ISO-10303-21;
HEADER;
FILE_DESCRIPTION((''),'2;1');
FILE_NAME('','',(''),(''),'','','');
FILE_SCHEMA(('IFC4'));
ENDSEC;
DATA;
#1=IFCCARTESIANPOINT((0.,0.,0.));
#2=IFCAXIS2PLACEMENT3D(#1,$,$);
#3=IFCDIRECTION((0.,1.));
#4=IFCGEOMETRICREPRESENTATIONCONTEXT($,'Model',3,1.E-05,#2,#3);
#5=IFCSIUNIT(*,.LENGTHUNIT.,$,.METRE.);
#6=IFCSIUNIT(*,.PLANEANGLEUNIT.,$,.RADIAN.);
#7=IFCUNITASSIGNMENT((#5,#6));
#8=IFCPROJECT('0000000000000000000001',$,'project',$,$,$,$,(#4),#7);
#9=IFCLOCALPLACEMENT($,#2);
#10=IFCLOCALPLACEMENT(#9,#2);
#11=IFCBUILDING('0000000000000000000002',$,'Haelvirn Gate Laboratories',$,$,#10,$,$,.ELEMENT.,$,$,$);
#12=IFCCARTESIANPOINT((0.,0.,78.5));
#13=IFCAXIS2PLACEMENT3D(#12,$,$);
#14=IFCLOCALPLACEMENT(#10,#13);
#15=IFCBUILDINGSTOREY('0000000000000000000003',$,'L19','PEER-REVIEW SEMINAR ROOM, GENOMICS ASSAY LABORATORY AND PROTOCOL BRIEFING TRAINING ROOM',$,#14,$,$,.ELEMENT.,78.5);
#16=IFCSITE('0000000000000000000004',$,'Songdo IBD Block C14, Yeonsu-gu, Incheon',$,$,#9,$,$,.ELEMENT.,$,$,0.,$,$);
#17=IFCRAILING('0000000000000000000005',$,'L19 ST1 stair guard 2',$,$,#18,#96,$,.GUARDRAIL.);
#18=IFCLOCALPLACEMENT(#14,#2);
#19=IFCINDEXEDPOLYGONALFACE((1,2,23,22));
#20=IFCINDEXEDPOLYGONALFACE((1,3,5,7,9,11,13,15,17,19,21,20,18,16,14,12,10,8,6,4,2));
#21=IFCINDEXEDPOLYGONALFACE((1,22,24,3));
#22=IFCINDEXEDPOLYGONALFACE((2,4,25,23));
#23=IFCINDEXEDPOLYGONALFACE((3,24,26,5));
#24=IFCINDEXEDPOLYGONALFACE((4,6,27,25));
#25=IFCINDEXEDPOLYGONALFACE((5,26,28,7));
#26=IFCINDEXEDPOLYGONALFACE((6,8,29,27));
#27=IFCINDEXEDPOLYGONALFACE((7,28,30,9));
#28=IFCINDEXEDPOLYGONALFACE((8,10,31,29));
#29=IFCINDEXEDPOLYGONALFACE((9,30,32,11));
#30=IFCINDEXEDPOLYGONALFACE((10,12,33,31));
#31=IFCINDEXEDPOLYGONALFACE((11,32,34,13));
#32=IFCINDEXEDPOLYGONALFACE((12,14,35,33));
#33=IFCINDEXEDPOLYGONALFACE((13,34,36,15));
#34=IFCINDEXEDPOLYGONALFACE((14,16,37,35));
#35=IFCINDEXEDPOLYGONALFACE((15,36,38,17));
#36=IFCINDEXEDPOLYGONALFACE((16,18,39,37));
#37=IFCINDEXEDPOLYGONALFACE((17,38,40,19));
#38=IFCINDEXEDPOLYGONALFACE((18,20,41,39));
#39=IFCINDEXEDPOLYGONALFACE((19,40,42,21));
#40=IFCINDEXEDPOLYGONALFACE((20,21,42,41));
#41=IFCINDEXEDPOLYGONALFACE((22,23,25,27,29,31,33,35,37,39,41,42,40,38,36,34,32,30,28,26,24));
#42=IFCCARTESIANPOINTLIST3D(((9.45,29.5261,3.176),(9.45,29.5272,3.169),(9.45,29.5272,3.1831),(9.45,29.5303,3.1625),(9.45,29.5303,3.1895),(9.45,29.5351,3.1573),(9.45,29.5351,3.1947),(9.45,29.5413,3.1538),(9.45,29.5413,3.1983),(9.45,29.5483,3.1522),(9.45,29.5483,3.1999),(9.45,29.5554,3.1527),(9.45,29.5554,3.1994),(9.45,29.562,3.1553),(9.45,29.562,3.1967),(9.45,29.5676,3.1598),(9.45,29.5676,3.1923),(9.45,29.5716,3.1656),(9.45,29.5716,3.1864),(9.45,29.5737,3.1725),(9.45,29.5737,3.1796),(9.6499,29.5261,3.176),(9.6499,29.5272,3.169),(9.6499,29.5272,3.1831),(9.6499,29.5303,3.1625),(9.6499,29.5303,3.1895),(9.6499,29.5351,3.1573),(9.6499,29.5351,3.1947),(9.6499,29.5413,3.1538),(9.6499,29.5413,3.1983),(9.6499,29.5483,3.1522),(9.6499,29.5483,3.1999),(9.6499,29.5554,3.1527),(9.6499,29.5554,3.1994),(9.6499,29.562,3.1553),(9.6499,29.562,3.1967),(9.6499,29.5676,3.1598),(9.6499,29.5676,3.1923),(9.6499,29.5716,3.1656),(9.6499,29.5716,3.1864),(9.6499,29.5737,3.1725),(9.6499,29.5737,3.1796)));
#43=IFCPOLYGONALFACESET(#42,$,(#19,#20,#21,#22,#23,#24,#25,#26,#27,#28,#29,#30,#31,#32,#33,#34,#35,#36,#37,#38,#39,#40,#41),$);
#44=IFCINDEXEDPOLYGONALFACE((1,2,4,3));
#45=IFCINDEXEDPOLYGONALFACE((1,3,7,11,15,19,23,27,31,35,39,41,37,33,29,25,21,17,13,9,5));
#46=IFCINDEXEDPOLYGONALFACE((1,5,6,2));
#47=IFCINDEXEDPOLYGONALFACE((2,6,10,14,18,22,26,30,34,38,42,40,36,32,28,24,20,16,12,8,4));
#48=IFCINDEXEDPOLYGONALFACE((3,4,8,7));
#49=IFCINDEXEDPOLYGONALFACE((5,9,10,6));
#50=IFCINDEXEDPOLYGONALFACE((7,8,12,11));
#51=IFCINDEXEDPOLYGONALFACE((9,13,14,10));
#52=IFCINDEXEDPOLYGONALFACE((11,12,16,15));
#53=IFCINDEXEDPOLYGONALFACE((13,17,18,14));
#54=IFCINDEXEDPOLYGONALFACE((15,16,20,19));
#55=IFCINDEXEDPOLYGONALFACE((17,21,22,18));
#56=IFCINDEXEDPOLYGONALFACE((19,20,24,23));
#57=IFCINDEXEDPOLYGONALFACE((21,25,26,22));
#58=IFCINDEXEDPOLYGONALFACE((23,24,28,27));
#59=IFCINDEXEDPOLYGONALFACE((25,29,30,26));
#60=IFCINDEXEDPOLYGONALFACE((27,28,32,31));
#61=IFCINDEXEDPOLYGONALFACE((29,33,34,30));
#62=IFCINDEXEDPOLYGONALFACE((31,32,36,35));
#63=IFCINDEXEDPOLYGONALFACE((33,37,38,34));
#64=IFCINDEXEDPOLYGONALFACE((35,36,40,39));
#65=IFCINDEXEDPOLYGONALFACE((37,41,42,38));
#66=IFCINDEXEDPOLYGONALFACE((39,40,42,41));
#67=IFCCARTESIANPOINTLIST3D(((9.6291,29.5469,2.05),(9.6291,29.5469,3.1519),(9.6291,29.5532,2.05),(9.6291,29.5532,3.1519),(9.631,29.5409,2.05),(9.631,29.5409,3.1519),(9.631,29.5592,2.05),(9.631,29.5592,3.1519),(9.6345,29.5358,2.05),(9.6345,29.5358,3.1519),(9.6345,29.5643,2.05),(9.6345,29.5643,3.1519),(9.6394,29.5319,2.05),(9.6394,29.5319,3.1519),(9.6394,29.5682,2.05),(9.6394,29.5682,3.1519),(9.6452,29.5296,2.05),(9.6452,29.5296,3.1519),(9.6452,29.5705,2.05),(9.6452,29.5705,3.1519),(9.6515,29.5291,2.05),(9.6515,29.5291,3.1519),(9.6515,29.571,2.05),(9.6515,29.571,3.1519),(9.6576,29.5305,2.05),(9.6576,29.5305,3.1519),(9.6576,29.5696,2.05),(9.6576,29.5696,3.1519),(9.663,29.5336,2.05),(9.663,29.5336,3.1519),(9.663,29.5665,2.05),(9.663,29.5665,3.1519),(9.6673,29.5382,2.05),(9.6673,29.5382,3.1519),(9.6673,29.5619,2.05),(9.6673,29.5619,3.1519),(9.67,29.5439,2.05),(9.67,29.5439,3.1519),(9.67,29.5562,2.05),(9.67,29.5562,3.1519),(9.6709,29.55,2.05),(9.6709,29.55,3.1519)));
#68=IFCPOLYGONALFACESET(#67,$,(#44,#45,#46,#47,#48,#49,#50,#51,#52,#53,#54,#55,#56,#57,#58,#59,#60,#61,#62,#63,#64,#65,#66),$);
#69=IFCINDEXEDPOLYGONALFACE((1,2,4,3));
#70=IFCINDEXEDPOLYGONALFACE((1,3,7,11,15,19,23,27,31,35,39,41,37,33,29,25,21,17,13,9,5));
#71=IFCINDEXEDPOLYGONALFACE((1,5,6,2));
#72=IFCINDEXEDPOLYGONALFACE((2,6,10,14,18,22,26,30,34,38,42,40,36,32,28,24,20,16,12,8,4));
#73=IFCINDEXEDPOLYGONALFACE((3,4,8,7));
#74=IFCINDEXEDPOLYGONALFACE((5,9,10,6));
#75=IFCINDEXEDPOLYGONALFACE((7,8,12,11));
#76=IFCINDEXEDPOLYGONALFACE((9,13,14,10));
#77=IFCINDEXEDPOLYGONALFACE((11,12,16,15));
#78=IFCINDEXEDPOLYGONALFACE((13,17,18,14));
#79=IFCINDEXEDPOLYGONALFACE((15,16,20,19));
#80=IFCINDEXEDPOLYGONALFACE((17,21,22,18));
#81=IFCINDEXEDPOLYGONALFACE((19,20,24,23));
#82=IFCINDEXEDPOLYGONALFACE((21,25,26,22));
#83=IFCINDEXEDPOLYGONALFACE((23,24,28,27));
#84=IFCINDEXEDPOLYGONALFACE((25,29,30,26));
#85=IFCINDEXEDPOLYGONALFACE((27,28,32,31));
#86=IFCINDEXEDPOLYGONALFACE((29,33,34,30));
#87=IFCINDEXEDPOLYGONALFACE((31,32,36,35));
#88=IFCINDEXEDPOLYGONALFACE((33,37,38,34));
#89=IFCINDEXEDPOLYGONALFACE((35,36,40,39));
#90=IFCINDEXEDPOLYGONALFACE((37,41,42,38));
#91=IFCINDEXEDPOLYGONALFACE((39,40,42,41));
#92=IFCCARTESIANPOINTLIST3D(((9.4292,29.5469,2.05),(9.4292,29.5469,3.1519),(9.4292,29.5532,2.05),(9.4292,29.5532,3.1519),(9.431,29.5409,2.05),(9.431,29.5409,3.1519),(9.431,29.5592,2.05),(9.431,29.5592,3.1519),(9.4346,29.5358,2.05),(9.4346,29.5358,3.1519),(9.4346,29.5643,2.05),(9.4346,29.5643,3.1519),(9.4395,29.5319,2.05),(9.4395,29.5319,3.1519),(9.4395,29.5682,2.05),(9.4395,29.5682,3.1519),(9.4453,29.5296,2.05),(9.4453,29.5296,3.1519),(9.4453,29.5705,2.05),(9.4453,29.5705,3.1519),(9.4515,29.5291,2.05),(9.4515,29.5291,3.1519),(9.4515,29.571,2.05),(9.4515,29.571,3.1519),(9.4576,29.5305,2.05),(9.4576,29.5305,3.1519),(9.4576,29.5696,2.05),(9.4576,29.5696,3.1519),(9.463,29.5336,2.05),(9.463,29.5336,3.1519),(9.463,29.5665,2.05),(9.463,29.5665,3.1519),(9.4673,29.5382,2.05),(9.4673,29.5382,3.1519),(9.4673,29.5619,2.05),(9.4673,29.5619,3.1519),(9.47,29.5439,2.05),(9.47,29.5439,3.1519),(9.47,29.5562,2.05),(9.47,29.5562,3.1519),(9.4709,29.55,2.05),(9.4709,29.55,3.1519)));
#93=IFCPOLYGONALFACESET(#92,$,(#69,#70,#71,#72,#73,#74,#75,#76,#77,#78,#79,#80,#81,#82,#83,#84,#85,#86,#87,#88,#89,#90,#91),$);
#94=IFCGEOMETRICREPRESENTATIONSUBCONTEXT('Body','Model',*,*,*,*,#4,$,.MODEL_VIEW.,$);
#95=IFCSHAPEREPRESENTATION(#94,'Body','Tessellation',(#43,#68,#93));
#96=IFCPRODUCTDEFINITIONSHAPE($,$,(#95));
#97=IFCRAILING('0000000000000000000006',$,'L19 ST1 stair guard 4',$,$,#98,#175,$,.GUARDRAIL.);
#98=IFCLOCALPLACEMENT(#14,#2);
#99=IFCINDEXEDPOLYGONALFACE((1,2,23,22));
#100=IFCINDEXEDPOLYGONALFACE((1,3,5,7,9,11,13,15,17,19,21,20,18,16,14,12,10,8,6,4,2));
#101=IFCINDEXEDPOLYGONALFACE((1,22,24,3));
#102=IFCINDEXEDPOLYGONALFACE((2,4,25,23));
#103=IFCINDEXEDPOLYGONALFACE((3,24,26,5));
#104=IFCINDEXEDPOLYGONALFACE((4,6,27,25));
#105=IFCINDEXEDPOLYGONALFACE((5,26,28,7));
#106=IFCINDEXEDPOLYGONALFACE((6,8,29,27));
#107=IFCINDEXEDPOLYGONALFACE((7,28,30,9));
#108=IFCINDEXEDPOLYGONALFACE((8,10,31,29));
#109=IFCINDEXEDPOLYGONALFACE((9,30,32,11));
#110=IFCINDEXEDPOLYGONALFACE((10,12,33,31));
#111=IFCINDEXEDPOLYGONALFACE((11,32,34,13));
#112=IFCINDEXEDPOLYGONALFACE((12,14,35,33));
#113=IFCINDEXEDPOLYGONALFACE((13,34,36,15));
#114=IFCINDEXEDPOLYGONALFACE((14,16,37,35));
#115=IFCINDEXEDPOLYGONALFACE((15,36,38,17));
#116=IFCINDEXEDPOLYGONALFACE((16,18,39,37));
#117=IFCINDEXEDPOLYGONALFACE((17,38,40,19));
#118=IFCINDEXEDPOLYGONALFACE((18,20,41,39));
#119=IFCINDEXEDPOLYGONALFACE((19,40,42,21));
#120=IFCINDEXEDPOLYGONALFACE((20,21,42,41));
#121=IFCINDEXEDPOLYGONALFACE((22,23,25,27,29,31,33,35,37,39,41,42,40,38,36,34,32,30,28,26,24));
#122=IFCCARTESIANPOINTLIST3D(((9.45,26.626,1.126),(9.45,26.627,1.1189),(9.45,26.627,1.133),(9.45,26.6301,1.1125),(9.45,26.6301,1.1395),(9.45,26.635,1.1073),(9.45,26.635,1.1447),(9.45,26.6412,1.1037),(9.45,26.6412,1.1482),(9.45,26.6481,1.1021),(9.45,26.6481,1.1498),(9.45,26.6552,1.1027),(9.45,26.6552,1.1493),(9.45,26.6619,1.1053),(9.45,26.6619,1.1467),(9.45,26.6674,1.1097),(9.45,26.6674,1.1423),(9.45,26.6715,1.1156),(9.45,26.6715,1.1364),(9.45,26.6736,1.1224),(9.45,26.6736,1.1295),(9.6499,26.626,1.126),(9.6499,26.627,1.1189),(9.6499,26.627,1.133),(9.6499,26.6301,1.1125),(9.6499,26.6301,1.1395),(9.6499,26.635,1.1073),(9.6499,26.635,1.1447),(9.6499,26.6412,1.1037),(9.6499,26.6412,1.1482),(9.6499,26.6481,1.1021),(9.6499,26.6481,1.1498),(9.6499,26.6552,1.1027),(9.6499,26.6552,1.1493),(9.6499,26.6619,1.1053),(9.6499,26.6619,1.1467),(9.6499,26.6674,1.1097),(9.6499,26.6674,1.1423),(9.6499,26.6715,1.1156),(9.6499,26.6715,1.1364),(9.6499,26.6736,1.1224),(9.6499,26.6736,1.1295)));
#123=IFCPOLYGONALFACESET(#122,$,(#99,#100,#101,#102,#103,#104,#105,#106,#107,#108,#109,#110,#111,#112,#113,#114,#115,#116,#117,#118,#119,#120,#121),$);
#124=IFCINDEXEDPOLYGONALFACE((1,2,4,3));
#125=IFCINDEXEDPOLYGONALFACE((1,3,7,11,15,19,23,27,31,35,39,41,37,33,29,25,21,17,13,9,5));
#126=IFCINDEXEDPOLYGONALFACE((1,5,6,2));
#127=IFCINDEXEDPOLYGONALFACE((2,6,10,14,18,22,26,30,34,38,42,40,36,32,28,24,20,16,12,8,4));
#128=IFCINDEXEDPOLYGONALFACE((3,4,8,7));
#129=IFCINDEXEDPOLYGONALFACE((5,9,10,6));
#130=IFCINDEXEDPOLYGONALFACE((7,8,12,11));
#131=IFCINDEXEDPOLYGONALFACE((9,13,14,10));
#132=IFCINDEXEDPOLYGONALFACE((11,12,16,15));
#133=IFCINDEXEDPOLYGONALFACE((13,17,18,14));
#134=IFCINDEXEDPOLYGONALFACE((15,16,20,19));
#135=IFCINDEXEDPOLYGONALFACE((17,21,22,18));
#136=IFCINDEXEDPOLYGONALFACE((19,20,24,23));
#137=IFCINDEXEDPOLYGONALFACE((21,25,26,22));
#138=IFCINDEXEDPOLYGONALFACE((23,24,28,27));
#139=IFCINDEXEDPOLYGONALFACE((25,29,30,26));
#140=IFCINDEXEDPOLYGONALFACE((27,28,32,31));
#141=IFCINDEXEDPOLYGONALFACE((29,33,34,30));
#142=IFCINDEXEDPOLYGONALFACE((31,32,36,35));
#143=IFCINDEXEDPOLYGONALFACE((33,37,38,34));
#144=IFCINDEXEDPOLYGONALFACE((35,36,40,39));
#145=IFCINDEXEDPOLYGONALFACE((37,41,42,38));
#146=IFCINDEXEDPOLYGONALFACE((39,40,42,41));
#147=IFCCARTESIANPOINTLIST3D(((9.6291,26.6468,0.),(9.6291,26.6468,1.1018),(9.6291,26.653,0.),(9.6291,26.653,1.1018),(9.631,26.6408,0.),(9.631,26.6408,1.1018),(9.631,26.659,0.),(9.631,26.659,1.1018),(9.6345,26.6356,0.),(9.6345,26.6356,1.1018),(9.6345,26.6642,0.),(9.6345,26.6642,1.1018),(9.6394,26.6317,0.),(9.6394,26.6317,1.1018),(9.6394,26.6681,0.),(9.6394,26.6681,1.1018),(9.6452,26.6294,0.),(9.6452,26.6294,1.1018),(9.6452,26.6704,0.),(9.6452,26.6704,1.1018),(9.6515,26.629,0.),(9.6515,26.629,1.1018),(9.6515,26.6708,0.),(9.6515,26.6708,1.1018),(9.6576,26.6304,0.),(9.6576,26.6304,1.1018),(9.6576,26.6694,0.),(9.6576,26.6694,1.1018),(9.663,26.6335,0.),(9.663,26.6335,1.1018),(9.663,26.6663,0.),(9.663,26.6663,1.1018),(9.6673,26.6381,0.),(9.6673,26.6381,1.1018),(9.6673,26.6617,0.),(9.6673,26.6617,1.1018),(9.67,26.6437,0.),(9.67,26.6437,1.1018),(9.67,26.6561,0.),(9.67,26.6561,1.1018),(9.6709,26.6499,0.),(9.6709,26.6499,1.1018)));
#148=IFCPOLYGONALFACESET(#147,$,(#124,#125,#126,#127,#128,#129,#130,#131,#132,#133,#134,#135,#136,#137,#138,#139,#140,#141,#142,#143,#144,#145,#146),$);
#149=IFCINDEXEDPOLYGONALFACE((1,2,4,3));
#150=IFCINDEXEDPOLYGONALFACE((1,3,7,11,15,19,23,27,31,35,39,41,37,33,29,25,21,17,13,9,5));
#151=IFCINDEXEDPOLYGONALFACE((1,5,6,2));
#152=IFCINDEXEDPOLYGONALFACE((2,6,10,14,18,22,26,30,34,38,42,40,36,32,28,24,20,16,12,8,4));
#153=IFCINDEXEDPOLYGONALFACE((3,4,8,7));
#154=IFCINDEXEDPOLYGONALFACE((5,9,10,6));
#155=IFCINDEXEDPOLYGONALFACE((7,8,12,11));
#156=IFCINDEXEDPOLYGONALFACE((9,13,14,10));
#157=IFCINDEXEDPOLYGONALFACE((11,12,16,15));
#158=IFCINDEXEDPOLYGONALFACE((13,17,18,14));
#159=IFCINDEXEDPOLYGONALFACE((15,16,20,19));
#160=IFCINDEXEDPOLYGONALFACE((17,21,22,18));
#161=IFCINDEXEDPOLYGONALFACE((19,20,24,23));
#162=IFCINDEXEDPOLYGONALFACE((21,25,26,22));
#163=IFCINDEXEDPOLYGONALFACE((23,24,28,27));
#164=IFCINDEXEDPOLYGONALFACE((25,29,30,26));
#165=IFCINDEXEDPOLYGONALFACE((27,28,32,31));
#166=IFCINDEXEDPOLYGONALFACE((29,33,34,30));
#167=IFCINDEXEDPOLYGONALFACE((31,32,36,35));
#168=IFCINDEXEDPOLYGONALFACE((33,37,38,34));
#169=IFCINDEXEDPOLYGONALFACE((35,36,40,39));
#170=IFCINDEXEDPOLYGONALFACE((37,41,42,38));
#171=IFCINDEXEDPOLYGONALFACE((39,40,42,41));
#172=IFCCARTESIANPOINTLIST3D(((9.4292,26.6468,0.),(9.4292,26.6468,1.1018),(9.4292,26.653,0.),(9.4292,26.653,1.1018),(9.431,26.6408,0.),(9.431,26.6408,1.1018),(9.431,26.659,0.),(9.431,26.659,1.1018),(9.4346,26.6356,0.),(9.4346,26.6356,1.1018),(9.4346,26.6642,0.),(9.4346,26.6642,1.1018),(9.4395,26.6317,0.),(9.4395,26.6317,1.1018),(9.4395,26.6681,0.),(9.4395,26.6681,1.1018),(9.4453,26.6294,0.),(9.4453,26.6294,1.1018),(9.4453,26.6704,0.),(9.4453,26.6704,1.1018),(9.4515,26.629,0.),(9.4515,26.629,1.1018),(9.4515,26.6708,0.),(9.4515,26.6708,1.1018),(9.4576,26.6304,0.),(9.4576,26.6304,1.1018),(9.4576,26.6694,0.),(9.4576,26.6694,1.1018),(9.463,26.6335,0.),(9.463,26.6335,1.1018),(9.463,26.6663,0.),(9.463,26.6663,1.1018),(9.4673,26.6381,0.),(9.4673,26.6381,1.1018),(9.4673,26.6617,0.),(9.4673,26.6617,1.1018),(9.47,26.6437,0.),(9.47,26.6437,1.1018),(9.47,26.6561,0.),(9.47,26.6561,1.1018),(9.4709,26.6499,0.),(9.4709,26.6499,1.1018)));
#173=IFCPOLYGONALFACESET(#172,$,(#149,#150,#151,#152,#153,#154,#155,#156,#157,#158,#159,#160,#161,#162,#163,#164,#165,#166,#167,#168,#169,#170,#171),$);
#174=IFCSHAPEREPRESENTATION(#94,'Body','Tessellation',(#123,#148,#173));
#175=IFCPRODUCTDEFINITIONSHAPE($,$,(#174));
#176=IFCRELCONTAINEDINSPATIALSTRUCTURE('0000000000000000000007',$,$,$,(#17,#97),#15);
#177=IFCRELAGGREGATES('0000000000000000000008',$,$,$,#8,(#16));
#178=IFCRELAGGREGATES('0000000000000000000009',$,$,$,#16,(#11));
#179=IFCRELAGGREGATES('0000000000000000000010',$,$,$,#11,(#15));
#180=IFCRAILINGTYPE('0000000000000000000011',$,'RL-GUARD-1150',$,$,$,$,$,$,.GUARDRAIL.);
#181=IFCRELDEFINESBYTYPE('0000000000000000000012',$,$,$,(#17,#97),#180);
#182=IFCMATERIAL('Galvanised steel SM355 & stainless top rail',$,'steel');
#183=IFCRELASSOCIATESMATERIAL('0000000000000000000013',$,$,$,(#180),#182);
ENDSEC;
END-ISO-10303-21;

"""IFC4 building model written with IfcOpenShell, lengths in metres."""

from ifc_helpers import new_model, si_unit, direction, frame, origin, origin_2d, place, context, subcontext, project, spatial, circle, extrude, source, transform, mapped, material, type_object, element, save


model = new_model("IFC4")

# Units and contexts
model_context = context("Model", 3, precision=1e-05, world=origin(), true_north=direction((0.0, 1.0)))
body_context = subcontext(model_context, "Body", "Model", "MODEL_VIEW")
ifc_project = project(units=[si_unit("LENGTHUNIT", "METRE"), si_unit("PLANEANGLEUNIT", "RADIAN")], contexts=[model_context])

# Site, building, storey
site_placement = place(None, origin())
site = spatial("IfcSite", under=ifc_project, at=site_placement, Name="Songdo IBD Block C14, Yeonsu-gu, Incheon", CompositionType="ELEMENT", RefElevation=0.0)
building_placement = place(site_placement, origin())
building = spatial("IfcBuilding", under=site, at=building_placement, Name="Haelvirn Gate Laboratories", CompositionType="ELEMENT")
storey_placement = place(building_placement, frame((0.0, 0.0, 78.5)))
storey = spatial("IfcBuildingStorey", under=building, at=storey_placement, Name="L19", Description="PEER-REVIEW SEMINAR ROOM, GENOMICS ASSAY LABORATORY AND PROTOCOL BRIEFING TRAINING ROOM", CompositionType="ELEMENT", Elevation=78.5)

# Railings
ifc_material_1 = material(Name="Galvanised steel SM355 & stainless top rail", Category="steel")
railing_type_1 = type_object("IfcRailingType", Name="RL-GUARD-1150", PredefinedType="GUARDRAIL", material=ifc_material_1)
shared_shape_1 = source(origin(), body_context, "Body", "SweptSolid", [
    extrude(circle(Radius=0.0239, at=origin_2d()), frame((0.0, 0.0, 1.126), z_axis=(-1.0, 0.0, 0.0), x_axis=(0.0, -1.0, 0.0)), (0.0, 0.0, 1.0), 0.2),
    extrude(circle(Radius=0.021, at=origin_2d()), origin(), (0.0, 0.0, 1.0), 1.1018),
    extrude(circle(Radius=0.021, at=origin_2d()), frame((-0.2, 0.0, 0.0)), (0.0, 0.0, 1.0), 1.1018),
])
for number, where, name in (
    (1, (9.6499, 29.55, 2.05), "L19 ST1 stair guard 2"),
    (2, (9.6499, 26.6499, 0.0), "L19 ST1 stair guard 4"),
):
    element("IfcRailing", number, at=place(storey_placement, frame(where)), inside=storey, type_object=railing_type_1, Name=name, PredefinedType="GUARDRAIL", context=body_context, shape_type="MappedRepresentation", body=[
        mapped(shared_shape_1, transform((0.0, 0.0, 0.0), scale=1.0)),
    ])

save(model, "model.ifc")
